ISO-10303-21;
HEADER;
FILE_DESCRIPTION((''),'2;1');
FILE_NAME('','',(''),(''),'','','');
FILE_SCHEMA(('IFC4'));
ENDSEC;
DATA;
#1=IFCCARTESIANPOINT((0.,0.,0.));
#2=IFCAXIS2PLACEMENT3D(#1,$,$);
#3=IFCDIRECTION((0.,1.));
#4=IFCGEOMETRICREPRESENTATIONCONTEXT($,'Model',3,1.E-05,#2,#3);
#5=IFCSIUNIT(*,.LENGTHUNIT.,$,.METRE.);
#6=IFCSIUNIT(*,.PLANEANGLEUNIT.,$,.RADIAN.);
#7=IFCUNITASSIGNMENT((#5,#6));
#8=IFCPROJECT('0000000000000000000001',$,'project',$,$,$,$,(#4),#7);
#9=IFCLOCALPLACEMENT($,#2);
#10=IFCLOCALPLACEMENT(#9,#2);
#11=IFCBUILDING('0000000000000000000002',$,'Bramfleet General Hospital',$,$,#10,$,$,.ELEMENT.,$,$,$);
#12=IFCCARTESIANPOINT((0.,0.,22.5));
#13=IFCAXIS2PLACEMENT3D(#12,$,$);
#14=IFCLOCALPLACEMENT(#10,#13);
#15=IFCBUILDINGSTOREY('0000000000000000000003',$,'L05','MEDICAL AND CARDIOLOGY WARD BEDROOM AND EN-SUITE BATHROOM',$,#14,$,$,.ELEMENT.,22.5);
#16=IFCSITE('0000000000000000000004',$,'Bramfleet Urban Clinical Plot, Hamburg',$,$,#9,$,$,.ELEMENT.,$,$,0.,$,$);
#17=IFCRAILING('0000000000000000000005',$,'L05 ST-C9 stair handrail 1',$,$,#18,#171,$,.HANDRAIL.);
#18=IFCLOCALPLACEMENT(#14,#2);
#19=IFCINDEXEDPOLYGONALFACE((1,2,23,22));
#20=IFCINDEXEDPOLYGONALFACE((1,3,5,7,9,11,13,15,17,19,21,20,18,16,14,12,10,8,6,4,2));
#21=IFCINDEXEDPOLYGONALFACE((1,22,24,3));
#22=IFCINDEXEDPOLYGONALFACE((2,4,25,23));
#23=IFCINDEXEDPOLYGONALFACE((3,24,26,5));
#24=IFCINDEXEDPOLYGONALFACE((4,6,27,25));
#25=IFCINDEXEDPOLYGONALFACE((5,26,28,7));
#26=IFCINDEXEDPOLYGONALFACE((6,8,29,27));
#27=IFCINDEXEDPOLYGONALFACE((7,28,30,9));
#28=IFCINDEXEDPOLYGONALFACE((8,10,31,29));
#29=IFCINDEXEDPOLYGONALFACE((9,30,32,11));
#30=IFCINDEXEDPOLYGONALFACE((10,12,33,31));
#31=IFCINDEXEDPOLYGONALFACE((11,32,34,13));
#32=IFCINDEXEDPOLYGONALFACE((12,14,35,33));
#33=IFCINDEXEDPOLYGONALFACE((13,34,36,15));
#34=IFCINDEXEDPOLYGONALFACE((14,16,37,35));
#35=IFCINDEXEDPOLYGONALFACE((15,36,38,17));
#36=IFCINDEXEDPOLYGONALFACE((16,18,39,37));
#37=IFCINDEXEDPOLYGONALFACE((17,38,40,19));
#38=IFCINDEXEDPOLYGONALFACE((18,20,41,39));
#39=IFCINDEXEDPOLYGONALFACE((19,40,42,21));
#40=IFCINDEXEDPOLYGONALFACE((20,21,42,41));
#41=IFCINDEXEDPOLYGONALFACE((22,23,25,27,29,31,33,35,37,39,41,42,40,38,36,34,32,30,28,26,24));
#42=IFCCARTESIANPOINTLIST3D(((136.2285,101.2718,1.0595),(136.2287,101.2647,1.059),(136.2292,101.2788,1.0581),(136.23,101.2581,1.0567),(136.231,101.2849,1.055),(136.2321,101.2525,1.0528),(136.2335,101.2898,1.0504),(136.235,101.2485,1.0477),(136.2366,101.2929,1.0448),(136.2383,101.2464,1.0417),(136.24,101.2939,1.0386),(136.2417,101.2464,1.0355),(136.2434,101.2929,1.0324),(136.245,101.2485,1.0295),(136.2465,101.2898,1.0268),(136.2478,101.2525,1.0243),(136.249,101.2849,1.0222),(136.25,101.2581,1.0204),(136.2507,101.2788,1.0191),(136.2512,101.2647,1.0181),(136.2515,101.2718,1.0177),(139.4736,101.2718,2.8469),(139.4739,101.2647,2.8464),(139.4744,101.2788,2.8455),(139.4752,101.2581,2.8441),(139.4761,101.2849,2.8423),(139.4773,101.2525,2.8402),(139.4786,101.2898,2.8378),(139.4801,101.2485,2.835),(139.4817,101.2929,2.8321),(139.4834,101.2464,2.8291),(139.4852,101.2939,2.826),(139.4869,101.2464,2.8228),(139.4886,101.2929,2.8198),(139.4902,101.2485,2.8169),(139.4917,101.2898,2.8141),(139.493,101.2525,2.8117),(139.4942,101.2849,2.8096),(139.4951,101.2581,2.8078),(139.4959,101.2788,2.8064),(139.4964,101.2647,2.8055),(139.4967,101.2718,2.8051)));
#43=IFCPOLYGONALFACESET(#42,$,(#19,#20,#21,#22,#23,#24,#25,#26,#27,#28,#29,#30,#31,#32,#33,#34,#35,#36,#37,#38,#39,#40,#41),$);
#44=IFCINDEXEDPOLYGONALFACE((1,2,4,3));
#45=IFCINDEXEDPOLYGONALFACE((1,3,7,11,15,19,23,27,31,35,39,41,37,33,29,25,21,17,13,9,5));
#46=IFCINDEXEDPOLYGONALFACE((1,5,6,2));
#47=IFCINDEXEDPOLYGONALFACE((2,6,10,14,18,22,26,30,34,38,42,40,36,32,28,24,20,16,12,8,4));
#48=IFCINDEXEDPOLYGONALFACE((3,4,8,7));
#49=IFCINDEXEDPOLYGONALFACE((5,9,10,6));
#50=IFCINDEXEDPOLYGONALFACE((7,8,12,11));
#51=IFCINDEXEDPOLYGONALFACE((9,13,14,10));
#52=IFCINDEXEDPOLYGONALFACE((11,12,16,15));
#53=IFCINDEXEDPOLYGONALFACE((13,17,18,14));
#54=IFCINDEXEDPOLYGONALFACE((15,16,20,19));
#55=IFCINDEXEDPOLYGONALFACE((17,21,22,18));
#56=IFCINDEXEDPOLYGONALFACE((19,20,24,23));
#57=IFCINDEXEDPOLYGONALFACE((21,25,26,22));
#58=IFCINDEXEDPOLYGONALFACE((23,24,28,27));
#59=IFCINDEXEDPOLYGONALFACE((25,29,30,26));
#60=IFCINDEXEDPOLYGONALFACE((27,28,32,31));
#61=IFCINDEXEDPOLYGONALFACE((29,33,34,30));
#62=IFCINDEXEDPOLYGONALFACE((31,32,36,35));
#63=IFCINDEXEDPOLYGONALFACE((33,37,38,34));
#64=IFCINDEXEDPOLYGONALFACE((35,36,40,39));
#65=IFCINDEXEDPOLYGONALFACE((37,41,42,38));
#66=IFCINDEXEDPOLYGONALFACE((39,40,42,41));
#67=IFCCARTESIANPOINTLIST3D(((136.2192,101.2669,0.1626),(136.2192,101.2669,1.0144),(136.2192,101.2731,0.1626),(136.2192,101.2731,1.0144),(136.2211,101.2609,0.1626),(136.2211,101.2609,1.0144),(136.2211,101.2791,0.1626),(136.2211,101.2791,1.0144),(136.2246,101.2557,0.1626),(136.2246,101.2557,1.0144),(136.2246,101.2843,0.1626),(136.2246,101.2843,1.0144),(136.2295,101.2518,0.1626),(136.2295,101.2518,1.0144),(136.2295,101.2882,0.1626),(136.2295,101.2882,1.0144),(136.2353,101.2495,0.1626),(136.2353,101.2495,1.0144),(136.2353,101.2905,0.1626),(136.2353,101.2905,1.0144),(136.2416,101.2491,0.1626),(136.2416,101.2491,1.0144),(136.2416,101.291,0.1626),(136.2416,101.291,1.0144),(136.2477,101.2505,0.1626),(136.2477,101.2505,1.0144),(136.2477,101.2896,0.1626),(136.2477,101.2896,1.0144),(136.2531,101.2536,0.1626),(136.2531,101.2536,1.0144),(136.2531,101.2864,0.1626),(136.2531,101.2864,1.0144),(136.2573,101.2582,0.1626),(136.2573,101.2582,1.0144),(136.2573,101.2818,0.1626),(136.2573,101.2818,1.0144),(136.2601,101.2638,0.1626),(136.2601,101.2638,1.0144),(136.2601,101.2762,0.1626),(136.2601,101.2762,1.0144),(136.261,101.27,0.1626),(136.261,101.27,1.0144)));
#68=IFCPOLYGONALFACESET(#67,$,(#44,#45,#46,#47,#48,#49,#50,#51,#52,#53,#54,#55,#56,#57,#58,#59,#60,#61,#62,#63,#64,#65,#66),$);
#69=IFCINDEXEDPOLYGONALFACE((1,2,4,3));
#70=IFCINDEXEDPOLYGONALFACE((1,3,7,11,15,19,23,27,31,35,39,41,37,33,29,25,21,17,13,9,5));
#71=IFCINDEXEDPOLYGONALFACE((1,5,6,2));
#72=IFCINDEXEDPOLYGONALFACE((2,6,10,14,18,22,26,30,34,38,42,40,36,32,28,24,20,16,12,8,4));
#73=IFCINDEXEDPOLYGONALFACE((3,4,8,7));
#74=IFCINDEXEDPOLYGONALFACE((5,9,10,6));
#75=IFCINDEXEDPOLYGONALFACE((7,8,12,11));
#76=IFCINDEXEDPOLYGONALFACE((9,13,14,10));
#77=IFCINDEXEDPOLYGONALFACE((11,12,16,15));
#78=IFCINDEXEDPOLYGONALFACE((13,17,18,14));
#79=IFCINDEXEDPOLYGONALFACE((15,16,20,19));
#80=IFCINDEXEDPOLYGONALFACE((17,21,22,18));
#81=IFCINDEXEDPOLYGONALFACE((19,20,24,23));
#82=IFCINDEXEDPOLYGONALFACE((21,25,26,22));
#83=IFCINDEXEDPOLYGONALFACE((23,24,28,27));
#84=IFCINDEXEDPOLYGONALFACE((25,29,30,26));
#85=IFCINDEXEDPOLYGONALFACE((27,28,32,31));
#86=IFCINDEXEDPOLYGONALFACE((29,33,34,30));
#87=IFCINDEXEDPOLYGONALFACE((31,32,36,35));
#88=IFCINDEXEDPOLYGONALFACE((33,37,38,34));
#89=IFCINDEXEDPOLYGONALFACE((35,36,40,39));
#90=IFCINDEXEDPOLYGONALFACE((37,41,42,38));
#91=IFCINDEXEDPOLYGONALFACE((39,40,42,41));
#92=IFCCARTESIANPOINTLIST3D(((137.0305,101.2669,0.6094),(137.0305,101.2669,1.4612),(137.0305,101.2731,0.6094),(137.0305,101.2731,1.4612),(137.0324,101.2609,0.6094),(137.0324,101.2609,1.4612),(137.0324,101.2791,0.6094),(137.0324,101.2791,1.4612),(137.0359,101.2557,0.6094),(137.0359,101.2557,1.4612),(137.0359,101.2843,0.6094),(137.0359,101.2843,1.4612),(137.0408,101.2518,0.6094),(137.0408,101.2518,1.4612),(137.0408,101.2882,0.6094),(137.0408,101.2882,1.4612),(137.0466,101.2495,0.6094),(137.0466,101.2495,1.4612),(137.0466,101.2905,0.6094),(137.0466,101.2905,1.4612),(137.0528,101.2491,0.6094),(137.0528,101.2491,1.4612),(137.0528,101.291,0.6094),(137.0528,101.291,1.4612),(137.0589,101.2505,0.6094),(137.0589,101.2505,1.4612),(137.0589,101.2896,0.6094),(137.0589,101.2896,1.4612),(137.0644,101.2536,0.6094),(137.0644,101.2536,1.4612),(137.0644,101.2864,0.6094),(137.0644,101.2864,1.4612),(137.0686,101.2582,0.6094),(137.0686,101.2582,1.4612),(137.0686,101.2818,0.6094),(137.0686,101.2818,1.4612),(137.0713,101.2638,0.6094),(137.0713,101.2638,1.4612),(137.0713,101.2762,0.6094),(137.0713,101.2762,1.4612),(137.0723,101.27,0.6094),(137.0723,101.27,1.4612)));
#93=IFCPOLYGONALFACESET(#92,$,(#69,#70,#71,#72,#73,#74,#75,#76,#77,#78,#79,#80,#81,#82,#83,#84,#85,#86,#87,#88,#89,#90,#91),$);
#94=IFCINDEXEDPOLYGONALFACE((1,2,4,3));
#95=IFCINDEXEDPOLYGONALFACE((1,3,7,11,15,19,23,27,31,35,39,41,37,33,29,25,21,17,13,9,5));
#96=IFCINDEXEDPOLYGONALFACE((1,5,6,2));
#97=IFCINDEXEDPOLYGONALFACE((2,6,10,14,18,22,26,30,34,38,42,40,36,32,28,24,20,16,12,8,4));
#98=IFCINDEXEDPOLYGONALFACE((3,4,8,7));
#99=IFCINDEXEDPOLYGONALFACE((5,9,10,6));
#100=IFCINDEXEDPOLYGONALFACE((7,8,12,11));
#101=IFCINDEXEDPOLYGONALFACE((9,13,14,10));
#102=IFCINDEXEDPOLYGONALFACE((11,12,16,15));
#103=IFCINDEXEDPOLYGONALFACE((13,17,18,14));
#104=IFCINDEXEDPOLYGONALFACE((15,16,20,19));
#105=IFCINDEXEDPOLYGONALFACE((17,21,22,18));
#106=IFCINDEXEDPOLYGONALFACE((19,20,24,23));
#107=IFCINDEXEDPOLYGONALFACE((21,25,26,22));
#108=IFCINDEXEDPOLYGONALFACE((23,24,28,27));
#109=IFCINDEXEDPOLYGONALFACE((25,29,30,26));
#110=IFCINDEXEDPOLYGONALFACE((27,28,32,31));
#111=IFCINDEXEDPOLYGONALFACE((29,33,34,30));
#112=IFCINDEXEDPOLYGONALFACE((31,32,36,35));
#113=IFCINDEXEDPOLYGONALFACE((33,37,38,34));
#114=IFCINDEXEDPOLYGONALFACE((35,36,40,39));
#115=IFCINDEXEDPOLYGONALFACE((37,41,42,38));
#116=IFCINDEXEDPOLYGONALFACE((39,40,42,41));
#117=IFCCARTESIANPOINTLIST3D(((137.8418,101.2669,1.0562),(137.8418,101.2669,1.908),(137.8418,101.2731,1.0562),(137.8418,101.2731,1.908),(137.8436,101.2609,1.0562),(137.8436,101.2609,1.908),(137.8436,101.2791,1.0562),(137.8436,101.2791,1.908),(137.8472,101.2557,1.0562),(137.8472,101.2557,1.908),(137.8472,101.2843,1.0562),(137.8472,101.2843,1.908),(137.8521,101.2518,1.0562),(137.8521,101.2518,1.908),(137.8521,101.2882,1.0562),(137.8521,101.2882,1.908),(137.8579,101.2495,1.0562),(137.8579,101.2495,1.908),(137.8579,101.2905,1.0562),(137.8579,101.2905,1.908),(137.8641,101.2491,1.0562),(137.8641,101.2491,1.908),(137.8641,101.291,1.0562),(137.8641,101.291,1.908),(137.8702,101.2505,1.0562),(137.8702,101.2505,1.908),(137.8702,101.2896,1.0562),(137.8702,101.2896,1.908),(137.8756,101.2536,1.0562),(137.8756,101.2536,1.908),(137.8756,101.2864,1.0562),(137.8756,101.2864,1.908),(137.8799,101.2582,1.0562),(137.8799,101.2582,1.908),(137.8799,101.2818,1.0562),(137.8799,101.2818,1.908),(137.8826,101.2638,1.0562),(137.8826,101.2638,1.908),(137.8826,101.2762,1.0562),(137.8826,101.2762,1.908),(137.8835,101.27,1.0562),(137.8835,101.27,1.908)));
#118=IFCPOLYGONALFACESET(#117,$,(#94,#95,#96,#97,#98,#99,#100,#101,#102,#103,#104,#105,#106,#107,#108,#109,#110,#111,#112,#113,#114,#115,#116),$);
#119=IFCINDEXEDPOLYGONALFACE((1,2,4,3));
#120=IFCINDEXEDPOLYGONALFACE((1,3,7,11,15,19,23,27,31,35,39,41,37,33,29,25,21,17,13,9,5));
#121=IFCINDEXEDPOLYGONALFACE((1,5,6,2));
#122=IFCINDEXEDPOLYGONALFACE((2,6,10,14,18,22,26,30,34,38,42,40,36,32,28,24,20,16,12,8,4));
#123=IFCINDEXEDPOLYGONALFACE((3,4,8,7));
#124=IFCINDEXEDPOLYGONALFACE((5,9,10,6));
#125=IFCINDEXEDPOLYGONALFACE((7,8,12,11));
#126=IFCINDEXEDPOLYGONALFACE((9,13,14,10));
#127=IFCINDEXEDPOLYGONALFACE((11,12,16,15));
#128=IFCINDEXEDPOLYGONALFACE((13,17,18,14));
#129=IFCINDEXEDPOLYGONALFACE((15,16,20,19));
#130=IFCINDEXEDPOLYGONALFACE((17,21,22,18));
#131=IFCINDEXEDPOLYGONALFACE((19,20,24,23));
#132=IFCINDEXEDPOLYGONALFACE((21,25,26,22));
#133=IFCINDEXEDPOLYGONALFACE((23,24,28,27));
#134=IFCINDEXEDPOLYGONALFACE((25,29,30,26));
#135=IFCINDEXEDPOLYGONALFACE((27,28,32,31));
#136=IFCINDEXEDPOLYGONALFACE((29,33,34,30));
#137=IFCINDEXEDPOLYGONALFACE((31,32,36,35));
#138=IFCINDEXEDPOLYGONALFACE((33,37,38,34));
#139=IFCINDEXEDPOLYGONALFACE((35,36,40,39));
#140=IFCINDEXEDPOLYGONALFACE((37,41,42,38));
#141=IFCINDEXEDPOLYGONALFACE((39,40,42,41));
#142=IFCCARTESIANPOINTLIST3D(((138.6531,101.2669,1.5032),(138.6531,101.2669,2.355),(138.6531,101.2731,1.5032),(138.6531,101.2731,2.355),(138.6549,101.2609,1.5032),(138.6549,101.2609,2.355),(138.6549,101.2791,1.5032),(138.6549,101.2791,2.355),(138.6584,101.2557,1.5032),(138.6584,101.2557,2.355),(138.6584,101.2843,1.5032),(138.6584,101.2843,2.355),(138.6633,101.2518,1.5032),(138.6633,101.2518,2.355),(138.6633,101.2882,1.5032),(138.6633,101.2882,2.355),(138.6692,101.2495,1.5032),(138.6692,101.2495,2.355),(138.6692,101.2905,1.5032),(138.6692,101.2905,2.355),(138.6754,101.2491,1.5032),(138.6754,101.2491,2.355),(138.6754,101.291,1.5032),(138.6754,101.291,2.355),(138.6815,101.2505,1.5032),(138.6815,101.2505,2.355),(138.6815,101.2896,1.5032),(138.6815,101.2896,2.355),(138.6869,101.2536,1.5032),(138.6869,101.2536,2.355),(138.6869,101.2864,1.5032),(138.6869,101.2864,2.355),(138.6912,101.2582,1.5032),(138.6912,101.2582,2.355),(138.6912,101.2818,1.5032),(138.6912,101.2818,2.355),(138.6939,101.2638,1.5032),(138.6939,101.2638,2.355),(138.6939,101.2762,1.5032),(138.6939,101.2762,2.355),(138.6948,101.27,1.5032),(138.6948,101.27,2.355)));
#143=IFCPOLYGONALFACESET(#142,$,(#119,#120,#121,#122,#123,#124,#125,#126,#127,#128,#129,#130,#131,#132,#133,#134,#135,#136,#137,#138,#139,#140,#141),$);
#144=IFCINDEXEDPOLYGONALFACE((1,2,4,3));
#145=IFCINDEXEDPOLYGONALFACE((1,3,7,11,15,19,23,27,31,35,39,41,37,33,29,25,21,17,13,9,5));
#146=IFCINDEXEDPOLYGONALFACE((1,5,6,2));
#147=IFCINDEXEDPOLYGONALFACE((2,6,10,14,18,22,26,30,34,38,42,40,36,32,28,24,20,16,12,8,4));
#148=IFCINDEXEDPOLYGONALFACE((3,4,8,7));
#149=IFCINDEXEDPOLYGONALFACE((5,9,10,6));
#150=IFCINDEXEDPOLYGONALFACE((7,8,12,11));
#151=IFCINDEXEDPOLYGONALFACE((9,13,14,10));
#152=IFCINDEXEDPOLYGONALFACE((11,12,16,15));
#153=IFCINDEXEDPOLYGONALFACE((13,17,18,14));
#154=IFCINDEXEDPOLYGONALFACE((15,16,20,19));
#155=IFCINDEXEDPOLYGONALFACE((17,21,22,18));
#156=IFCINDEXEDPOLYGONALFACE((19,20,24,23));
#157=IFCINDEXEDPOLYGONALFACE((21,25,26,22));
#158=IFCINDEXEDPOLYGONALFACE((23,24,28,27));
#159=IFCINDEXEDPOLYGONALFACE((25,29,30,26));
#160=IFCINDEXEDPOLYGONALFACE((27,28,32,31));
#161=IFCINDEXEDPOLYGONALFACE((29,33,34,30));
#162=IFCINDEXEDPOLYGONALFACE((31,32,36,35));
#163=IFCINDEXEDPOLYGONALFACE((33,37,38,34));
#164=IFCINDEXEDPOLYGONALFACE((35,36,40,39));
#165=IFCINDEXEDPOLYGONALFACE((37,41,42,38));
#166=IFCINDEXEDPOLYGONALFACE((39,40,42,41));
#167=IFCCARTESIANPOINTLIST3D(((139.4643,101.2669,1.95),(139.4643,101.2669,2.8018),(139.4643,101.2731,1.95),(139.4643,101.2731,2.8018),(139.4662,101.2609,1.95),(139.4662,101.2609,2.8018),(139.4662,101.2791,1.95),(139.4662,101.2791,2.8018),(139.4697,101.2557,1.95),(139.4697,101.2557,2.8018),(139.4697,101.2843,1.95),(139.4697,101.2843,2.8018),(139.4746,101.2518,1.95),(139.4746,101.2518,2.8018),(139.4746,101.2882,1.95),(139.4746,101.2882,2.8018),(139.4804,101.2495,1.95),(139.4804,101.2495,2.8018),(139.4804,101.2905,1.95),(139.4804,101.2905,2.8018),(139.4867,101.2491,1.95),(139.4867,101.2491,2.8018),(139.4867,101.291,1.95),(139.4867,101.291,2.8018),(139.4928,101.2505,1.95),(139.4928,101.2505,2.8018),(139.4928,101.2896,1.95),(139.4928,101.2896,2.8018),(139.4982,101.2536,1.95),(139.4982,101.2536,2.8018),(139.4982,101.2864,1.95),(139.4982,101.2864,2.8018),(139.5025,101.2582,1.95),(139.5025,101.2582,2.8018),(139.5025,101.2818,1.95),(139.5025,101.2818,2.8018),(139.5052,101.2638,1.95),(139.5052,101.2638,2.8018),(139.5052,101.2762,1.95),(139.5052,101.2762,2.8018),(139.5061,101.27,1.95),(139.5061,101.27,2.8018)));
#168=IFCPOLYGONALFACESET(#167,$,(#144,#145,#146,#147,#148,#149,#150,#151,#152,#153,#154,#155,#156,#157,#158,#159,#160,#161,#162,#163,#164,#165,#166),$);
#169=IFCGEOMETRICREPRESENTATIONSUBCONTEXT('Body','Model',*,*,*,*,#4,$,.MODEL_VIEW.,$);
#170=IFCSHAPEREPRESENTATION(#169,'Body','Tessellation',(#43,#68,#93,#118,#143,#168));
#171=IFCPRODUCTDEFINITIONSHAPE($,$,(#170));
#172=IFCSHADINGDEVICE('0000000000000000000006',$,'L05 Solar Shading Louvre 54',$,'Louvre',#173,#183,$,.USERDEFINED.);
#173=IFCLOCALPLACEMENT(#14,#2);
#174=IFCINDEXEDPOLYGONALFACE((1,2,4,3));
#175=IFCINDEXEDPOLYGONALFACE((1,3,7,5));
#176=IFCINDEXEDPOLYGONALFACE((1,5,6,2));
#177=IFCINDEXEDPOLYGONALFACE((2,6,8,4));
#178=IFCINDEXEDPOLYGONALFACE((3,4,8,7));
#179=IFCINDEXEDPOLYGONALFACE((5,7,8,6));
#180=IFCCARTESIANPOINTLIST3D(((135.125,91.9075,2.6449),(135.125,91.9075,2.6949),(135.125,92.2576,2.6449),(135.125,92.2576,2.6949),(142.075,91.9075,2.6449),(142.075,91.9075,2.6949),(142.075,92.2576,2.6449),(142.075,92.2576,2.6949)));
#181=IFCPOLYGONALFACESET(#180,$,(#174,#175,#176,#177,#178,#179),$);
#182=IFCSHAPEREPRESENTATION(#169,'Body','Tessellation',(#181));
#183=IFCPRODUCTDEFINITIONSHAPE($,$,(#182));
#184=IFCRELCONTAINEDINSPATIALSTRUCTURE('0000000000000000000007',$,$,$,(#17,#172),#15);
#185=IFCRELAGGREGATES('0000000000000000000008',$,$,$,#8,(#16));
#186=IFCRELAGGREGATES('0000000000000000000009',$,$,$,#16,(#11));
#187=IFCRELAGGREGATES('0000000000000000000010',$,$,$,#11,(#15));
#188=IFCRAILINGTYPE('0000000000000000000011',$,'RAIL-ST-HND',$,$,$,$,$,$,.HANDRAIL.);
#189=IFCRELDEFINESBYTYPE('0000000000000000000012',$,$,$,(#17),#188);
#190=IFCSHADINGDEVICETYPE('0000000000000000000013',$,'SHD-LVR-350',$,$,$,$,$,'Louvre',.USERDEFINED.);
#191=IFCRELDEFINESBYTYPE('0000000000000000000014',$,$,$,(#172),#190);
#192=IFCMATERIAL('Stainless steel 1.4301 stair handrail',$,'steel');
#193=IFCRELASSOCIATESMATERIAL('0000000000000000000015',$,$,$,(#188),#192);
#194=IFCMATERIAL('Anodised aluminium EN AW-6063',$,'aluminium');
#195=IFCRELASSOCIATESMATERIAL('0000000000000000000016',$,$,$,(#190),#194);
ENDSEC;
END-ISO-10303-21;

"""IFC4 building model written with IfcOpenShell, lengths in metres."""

from ifc_helpers import new_model, si_unit, direction, frame, origin, origin_2d, place, context, subcontext, project, spatial, rectangle, circle, extrude, material, material_profile, profile_set, type_object, element, save


model = new_model("IFC4")

# Units and contexts
model_context = context("Model", 3, precision=1e-05, world=origin(), true_north=direction((0.0, 1.0)))
body_context = subcontext(model_context, "Body", "Model", "MODEL_VIEW")
ifc_project = project(units=[si_unit("LENGTHUNIT", "METRE"), si_unit("PLANEANGLEUNIT", "RADIAN")], contexts=[model_context])

# Site, building, storey
site_placement = place(None, origin())
site = spatial("IfcSite", under=ifc_project, at=site_placement, Name="Bramfleet Urban Clinical Plot, Hamburg", CompositionType="ELEMENT", RefElevation=0.0)
building_placement = place(site_placement, origin())
building = spatial("IfcBuilding", under=site, at=building_placement, Name="Bramfleet General Hospital", CompositionType="ELEMENT")
storey_placement = place(building_placement, frame((0.0, 0.0, 22.5)))
storey = spatial("IfcBuildingStorey", under=building, at=storey_placement, Name="L05", Description="MEDICAL AND CARDIOLOGY WARD BEDROOM AND EN-SUITE BATHROOM", CompositionType="ELEMENT", Elevation=22.5)

# Railing
ifc_material_1 = material(Name="Stainless steel 1.4301 stair handrail", Category="steel")
railing_type = type_object("IfcRailingType", Name="RAIL-ST-HND", PredefinedType="HANDRAIL", material=ifc_material_1)
railing_placement = place(storey_placement, frame((136.24, 101.27, 0.1626)))
element("IfcRailing", 1, at=railing_placement, inside=storey, type_object=railing_type, Name="L05 ST-C9 stair handrail 1", PredefinedType="HANDRAIL", context=body_context, shape_type="SweptSolid", body=[
    extrude(circle(Radius=0.0239, at=origin_2d()), frame((0.0, 0.0, 0.876), z_axis=(0.875926, 0.0, 0.482445), x_axis=(0.0, 1.0, 0.0)), (0.0, 0.0, 1.0), 3.7048),
    extrude(circle(Radius=0.021, at=origin_2d()), origin(), (0.0, 0.0, 1.0), 0.8518),
    extrude(circle(Radius=0.021, at=origin_2d()), frame((0.8113, 0.0, 0.4468)), (0.0, 0.0, 1.0), 0.8518),
    extrude(circle(Radius=0.021, at=origin_2d()), frame((1.6226, 0.0, 0.8936)), (0.0, 0.0, 1.0), 0.8518),
    extrude(circle(Radius=0.021, at=origin_2d()), frame((2.4338, 0.0, 1.3406)), (0.0, 0.0, 1.0), 0.8518),
    extrude(circle(Radius=0.021, at=origin_2d()), frame((3.2451, 0.0, 1.7874)), (0.0, 0.0, 1.0), 0.8518),
])

# Shading device
ifc_material_2 = material(Name="Anodised aluminium EN AW-6063", Category="aluminium")
ifc_material_profile_1 = material_profile(ifc_material_2, rectangle(XDim=0.05, YDim=0.3501, at=origin_2d()), Name="ALU LOUVRE 350x50")
ifc_profile_set_1 = profile_set([ifc_material_profile_1], Name="Anodised aluminium EN AW-6063")
shading_device_type = type_object("IfcShadingDeviceType", Name="SHD-LVR-350", ElementType="Louvre", PredefinedType="USERDEFINED", material=ifc_profile_set_1)
shading_device_placement = place(storey_placement, frame((142.075, 92.0825, 2.6699), z_axis=(-1.0, 0.0, 0.0), x_axis=(0.0, 0.0, 1.0)))
element("IfcShadingDevice", 2, at=shading_device_placement, inside=storey, type_object=shading_device_type, Name="L05 Solar Shading Louvre 54", ObjectType="Louvre", PredefinedType="USERDEFINED", context=body_context, shape_type="SweptSolid", body=[
    extrude(rectangle(XDim=0.05, YDim=0.3501, at=origin_2d()), origin(), (0.0, 0.0, 1.0), 6.95),
])

save(model, "model.ifc")
